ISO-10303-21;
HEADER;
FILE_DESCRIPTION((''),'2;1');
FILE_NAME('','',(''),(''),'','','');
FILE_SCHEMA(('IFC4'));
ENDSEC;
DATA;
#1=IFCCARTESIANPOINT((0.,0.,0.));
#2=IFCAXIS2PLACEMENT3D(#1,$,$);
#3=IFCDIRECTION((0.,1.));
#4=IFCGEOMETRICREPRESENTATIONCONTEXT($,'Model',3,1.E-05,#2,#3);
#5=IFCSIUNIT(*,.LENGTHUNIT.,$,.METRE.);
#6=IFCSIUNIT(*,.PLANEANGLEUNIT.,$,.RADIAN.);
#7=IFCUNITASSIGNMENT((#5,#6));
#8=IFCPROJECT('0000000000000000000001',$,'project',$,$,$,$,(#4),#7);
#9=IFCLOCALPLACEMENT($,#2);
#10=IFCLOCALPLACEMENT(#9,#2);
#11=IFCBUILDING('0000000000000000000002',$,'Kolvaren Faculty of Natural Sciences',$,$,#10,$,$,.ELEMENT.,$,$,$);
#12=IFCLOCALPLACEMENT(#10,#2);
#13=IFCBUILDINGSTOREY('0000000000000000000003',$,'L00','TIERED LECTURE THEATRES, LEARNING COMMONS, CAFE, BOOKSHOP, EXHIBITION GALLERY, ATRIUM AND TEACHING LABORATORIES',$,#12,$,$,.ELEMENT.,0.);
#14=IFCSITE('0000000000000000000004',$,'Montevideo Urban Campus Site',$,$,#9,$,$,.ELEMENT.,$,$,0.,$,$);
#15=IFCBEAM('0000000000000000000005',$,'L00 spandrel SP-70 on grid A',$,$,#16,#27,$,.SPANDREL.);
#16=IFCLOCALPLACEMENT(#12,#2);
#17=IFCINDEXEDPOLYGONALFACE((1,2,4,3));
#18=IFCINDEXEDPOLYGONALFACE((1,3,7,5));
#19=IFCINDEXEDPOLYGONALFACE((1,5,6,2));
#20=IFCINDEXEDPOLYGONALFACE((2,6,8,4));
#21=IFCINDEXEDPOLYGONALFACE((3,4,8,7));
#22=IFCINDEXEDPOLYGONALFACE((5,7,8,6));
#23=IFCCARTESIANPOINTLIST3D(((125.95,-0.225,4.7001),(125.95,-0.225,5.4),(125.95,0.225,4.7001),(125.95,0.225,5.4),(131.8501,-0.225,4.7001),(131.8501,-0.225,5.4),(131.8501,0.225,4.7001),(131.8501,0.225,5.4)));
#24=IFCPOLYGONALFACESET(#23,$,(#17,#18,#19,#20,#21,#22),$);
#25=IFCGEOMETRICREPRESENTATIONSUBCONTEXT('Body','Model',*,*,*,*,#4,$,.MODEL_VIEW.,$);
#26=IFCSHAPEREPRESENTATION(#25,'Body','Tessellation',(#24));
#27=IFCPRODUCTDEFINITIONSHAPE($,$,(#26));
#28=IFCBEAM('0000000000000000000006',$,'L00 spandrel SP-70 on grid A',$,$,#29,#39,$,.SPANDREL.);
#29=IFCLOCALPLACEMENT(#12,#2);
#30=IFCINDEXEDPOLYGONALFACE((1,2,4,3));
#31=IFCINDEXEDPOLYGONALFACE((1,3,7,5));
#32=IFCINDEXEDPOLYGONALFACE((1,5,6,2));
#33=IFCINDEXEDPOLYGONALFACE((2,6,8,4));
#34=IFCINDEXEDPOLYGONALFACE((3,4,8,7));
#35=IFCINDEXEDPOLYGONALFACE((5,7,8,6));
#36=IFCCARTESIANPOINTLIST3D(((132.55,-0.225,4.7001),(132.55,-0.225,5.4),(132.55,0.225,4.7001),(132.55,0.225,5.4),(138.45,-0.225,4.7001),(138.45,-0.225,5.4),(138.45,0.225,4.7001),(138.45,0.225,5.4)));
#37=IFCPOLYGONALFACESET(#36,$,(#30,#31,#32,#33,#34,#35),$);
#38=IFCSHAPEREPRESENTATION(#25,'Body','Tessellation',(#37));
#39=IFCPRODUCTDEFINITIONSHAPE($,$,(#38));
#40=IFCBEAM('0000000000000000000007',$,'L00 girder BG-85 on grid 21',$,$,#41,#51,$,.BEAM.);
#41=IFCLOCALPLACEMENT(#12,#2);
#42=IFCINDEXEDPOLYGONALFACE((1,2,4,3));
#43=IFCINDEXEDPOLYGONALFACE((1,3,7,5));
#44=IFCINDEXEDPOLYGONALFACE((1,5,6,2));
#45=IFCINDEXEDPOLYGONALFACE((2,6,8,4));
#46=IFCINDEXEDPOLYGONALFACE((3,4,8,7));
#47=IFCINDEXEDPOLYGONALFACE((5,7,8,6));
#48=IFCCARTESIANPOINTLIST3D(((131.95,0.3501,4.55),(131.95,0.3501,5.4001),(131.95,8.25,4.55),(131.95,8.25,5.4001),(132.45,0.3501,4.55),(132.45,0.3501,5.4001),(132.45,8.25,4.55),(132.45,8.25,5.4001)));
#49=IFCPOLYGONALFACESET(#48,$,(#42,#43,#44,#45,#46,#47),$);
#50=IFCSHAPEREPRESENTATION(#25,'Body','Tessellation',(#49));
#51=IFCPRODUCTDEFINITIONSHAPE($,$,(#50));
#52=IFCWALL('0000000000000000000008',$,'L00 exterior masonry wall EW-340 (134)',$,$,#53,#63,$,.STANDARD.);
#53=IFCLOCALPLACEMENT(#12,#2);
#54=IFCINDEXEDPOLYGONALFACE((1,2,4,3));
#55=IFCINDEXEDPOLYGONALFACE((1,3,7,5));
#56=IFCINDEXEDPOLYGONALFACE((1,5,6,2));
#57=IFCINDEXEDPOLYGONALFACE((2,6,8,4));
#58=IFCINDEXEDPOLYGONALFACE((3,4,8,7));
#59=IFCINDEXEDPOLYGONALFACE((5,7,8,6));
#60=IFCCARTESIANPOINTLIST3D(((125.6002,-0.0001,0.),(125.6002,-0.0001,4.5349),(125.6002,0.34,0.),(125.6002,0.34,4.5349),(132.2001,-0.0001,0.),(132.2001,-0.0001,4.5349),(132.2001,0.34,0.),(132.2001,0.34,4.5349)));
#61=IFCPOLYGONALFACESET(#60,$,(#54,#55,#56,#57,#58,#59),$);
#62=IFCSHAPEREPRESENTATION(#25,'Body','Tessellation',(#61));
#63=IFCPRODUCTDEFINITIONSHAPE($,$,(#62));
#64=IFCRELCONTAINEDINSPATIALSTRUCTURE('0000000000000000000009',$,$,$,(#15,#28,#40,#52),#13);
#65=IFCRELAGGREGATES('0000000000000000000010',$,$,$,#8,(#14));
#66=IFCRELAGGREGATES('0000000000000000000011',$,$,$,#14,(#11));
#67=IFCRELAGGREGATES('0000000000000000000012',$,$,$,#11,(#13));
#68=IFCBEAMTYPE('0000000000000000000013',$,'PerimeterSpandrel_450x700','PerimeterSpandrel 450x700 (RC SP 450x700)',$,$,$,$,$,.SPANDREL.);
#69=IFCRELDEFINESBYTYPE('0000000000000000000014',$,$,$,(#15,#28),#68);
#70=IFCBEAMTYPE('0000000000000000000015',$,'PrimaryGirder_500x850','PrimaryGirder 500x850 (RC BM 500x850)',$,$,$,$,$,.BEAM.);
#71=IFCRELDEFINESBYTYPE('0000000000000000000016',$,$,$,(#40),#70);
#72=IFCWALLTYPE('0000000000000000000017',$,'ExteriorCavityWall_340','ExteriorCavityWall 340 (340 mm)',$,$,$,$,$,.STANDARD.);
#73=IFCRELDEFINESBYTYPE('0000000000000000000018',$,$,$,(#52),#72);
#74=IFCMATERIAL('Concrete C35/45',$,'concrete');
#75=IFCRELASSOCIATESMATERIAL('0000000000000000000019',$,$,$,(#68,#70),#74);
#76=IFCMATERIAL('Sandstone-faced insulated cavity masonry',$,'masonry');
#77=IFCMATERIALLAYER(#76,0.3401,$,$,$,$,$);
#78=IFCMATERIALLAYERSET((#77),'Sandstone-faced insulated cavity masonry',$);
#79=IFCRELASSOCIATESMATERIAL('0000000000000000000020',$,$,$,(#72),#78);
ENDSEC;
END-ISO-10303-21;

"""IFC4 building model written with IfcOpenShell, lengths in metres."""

from ifc_helpers import new_model, si_unit, direction, frame, frame_2d, origin, origin_2d, place, context, subcontext, project, spatial, rectangle, extrude, material, layer, layer_set, material_profile, profile_set, type_object, element, save


model = new_model("IFC4")

# Units and contexts
model_context = context("Model", 3, precision=1e-05, world=origin(), true_north=direction((0.0, 1.0)))
body_context = subcontext(model_context, "Body", "Model", "MODEL_VIEW")
ifc_project = project(units=[si_unit("LENGTHUNIT", "METRE"), si_unit("PLANEANGLEUNIT", "RADIAN")], contexts=[model_context])

# Site, building, storey
site_placement = place(None, origin())
site = spatial("IfcSite", under=ifc_project, at=site_placement, Name="Montevideo Urban Campus Site", CompositionType="ELEMENT", RefElevation=0.0)
building_placement = place(site_placement, origin())
building = spatial("IfcBuilding", under=site, at=building_placement, Name="Kolvaren Faculty of Natural Sciences", CompositionType="ELEMENT")
storey_placement = place(building_placement, origin())
storey = spatial("IfcBuildingStorey", under=building, at=storey_placement, Name="L00", Description="TIERED LECTURE THEATRES, LEARNING COMMONS, CAFE, BOOKSHOP, EXHIBITION GALLERY, ATRIUM AND TEACHING LABORATORIES", CompositionType="ELEMENT", Elevation=0.0)

# Shared definitions
ifc_material_1 = material(Name="Concrete C35/45", Category="concrete")

# Beams
ifc_material_profile_1 = material_profile(ifc_material_1, rectangle(XDim=0.45, YDim=0.7, at=origin_2d()), Name="RC SP 450x700")
ifc_profile_set_1 = profile_set([ifc_material_profile_1], Name="Concrete C35/45")
beam_type_1 = type_object("IfcBeamType", Name="PerimeterSpandrel_450x700", Description="PerimeterSpandrel 450x700 (RC SP 450x700)", PredefinedType="SPANDREL", material=ifc_profile_set_1)
beam_1_placement = place(storey_placement, frame((125.95, 0.0, 5.05), z_axis=(1.0, 0.0, 0.0), x_axis=(0.0, 1.0, 0.0)))
element("IfcBeam", 1, at=beam_1_placement, inside=storey, type_object=beam_type_1, Name="L00 spandrel SP-70 on grid A", PredefinedType="SPANDREL", context=body_context, shape_type="SweptSolid", body=[
    extrude(rectangle(XDim=0.45, YDim=0.7, at=origin_2d()), origin(), (0.0, 0.0, 1.0), 5.9001),
])
beam_2_placement = place(storey_placement, frame((132.55, 0.0, 5.05), z_axis=(1.0, 0.0, 0.0), x_axis=(0.0, 1.0, 0.0)))
element("IfcBeam", 2, at=beam_2_placement, inside=storey, type_object=beam_type_1, Name="L00 spandrel SP-70 on grid A", PredefinedType="SPANDREL", context=body_context, shape_type="SweptSolid", body=[
    extrude(rectangle(XDim=0.45, YDim=0.7, at=origin_2d()), origin(), (0.0, 0.0, 1.0), 5.8999),
])
ifc_material_profile_2 = material_profile(ifc_material_1, rectangle(XDim=0.5, YDim=0.8501, at=origin_2d()), Name="RC BM 500x850")
ifc_profile_set_2 = profile_set([ifc_material_profile_2], Name="Concrete C35/45")
beam_type_2 = type_object("IfcBeamType", Name="PrimaryGirder_500x850", Description="PrimaryGirder 500x850 (RC BM 500x850)", PredefinedType="BEAM", material=ifc_profile_set_2)
beam_3_placement = place(storey_placement, frame((132.2, 0.3501, 4.9751), z_axis=(0.0, 1.0, 0.0), x_axis=(-1.0, 0.0, 0.0)))
element("IfcBeam", 3, at=beam_3_placement, inside=storey, type_object=beam_type_2, Name="L00 girder BG-85 on grid 21", PredefinedType="BEAM", context=body_context, shape_type="SweptSolid", body=[
    extrude(rectangle(XDim=0.5, YDim=0.8501, at=origin_2d()), origin(), (0.0, 0.0, 1.0), 7.8999),
])

# Wall
ifc_material_2 = material(Name="Sandstone-faced insulated cavity masonry", Category="masonry")
ifc_layer = layer(ifc_material_2, 0.3401)
ifc_layer_set = layer_set([ifc_layer], Name="Sandstone-faced insulated cavity masonry")
wall_type = type_object("IfcWallType", Name="ExteriorCavityWall_340", Description="ExteriorCavityWall 340 (340 mm)", PredefinedType="STANDARD", material=ifc_layer_set)
wall_placement = place(storey_placement, frame((132.2, 0.1699, 0.0), z_axis=(0.0, 0.0, 1.0), x_axis=(-1.0, 0.0, 0.0)))
element("IfcWall", 4, at=wall_placement, inside=storey, type_object=wall_type, Name="L00 exterior masonry wall EW-340 (134)", PredefinedType="STANDARD", context=body_context, shape_type="SweptSolid", body=[
    extrude(rectangle(XDim=6.5999, YDim=0.3401, at=frame_2d((3.2998, 0.0))), origin(), (0.0, 0.0, 1.0), 4.5349),
])

save(model, "model.ifc")
